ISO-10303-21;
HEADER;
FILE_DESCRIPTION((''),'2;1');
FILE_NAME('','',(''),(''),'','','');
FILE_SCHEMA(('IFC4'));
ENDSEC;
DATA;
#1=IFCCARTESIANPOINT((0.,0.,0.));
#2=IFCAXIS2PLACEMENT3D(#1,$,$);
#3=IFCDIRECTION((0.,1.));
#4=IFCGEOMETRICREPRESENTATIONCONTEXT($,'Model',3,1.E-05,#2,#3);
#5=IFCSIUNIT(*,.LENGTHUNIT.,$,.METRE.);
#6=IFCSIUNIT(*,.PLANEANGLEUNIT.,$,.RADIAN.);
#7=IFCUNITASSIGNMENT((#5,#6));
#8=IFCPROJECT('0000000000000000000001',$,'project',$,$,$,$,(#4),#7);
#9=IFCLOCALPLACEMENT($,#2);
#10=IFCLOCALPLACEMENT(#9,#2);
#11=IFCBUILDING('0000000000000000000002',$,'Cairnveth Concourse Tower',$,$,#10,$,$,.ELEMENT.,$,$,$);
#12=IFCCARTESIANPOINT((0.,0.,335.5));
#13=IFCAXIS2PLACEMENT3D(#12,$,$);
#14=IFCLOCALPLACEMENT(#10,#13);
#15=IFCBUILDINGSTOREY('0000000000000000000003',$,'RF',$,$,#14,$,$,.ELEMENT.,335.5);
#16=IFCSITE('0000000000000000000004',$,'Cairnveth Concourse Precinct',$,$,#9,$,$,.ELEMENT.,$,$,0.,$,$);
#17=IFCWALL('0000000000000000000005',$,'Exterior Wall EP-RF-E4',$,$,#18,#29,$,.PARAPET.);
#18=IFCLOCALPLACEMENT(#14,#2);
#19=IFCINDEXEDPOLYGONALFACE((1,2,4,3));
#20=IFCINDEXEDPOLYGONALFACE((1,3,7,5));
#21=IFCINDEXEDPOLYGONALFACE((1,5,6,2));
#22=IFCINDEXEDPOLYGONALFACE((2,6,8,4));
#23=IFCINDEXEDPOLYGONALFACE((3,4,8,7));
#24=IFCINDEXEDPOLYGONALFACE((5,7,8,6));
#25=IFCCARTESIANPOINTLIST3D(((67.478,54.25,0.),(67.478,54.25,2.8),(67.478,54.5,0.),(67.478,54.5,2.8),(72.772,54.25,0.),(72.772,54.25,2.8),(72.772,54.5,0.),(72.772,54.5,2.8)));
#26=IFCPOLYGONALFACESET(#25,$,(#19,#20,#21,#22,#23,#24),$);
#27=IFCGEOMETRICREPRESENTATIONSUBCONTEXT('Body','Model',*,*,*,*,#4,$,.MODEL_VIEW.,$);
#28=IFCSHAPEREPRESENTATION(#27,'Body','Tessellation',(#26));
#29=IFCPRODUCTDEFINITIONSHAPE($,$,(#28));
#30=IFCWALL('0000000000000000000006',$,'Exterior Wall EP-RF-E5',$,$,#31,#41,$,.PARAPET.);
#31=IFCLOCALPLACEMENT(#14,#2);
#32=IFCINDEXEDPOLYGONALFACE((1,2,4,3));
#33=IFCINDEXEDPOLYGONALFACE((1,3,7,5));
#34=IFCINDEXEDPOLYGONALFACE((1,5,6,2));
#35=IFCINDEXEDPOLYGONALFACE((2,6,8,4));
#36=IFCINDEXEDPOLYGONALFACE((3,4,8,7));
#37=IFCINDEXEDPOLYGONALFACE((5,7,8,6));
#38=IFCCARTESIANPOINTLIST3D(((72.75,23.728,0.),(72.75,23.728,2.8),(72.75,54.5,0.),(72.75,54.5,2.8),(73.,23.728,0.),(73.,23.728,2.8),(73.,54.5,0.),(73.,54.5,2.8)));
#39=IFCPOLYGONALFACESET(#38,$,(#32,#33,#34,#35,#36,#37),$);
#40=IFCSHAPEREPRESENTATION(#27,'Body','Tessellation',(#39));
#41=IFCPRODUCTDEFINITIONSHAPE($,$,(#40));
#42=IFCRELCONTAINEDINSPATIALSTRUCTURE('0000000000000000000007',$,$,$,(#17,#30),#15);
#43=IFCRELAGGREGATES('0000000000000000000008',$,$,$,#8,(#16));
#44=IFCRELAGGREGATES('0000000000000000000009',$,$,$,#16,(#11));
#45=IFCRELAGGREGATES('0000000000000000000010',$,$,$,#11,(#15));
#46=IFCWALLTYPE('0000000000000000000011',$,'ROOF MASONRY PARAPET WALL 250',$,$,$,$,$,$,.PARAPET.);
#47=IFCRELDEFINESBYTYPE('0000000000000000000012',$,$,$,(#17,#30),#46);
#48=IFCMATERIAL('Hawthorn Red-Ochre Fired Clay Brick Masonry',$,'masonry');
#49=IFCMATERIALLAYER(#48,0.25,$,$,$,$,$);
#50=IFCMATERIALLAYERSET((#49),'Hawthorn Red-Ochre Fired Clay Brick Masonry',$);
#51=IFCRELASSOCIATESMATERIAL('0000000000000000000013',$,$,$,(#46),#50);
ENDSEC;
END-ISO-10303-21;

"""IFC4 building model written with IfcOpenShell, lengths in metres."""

from ifc_helpers import new_model, si_unit, direction, frame, frame_2d, origin, place, context, subcontext, project, spatial, rectangle, extrude, material, layer, layer_set, type_object, element, save


model = new_model("IFC4")

# Units and contexts
model_context = context("Model", 3, precision=1e-05, world=origin(), true_north=direction((0.0, 1.0)))
body_context = subcontext(model_context, "Body", "Model", "MODEL_VIEW")
ifc_project = project(units=[si_unit("LENGTHUNIT", "METRE"), si_unit("PLANEANGLEUNIT", "RADIAN")], contexts=[model_context])

# Site, building, storey
site_placement = place(None, origin())
site = spatial("IfcSite", under=ifc_project, at=site_placement, Name="Cairnveth Concourse Precinct", CompositionType="ELEMENT", RefElevation=0.0)
building_placement = place(site_placement, origin())
building = spatial("IfcBuilding", under=site, at=building_placement, Name="Cairnveth Concourse Tower", CompositionType="ELEMENT")
storey_placement = place(building_placement, frame((0.0, 0.0, 335.5)))
storey = spatial("IfcBuildingStorey", under=building, at=storey_placement, Name="RF", CompositionType="ELEMENT", Elevation=335.5)

# Walls
ifc_material_1 = material(Name="Hawthorn Red-Ochre Fired Clay Brick Masonry", Category="masonry")
ifc_layer_1 = layer(ifc_material_1, 0.25)
ifc_layer_set_1 = layer_set([ifc_layer_1], Name="Hawthorn Red-Ochre Fired Clay Brick Masonry")
wall_type = type_object("IfcWallType", Name="ROOF MASONRY PARAPET WALL 250", PredefinedType="PARAPET", material=ifc_layer_set_1)
wall_1_placement = place(storey_placement, frame((67.478, 54.375, 0.0), z_axis=(0.0, 0.0, 1.0), x_axis=(1.0, 0.0, 0.0)))
element("IfcWall", 1, at=wall_1_placement, inside=storey, type_object=wall_type, Name="Exterior Wall EP-RF-E4", PredefinedType="PARAPET", context=body_context, shape_type="SweptSolid", body=[
    extrude(rectangle(XDim=5.2939, YDim=0.25, at=frame_2d((2.647, 0.0))), origin(), (0.0, 0.0, 1.0), 2.8),
])
wall_2_placement = place(storey_placement, frame((72.875, 54.5, 0.0), z_axis=(0.0, 0.0, 1.0), x_axis=(0.0, -1.0, 0.0)))
element("IfcWall", 2, at=wall_2_placement, inside=storey, type_object=wall_type, Name="Exterior Wall EP-RF-E5", PredefinedType="PARAPET", context=body_context, shape_type="SweptSolid", body=[
    extrude(rectangle(XDim=30.772, YDim=0.25, at=frame_2d((15.386, 0.0))), origin(), (0.0, 0.0, 1.0), 2.8),
])

save(model, "model.ifc")
